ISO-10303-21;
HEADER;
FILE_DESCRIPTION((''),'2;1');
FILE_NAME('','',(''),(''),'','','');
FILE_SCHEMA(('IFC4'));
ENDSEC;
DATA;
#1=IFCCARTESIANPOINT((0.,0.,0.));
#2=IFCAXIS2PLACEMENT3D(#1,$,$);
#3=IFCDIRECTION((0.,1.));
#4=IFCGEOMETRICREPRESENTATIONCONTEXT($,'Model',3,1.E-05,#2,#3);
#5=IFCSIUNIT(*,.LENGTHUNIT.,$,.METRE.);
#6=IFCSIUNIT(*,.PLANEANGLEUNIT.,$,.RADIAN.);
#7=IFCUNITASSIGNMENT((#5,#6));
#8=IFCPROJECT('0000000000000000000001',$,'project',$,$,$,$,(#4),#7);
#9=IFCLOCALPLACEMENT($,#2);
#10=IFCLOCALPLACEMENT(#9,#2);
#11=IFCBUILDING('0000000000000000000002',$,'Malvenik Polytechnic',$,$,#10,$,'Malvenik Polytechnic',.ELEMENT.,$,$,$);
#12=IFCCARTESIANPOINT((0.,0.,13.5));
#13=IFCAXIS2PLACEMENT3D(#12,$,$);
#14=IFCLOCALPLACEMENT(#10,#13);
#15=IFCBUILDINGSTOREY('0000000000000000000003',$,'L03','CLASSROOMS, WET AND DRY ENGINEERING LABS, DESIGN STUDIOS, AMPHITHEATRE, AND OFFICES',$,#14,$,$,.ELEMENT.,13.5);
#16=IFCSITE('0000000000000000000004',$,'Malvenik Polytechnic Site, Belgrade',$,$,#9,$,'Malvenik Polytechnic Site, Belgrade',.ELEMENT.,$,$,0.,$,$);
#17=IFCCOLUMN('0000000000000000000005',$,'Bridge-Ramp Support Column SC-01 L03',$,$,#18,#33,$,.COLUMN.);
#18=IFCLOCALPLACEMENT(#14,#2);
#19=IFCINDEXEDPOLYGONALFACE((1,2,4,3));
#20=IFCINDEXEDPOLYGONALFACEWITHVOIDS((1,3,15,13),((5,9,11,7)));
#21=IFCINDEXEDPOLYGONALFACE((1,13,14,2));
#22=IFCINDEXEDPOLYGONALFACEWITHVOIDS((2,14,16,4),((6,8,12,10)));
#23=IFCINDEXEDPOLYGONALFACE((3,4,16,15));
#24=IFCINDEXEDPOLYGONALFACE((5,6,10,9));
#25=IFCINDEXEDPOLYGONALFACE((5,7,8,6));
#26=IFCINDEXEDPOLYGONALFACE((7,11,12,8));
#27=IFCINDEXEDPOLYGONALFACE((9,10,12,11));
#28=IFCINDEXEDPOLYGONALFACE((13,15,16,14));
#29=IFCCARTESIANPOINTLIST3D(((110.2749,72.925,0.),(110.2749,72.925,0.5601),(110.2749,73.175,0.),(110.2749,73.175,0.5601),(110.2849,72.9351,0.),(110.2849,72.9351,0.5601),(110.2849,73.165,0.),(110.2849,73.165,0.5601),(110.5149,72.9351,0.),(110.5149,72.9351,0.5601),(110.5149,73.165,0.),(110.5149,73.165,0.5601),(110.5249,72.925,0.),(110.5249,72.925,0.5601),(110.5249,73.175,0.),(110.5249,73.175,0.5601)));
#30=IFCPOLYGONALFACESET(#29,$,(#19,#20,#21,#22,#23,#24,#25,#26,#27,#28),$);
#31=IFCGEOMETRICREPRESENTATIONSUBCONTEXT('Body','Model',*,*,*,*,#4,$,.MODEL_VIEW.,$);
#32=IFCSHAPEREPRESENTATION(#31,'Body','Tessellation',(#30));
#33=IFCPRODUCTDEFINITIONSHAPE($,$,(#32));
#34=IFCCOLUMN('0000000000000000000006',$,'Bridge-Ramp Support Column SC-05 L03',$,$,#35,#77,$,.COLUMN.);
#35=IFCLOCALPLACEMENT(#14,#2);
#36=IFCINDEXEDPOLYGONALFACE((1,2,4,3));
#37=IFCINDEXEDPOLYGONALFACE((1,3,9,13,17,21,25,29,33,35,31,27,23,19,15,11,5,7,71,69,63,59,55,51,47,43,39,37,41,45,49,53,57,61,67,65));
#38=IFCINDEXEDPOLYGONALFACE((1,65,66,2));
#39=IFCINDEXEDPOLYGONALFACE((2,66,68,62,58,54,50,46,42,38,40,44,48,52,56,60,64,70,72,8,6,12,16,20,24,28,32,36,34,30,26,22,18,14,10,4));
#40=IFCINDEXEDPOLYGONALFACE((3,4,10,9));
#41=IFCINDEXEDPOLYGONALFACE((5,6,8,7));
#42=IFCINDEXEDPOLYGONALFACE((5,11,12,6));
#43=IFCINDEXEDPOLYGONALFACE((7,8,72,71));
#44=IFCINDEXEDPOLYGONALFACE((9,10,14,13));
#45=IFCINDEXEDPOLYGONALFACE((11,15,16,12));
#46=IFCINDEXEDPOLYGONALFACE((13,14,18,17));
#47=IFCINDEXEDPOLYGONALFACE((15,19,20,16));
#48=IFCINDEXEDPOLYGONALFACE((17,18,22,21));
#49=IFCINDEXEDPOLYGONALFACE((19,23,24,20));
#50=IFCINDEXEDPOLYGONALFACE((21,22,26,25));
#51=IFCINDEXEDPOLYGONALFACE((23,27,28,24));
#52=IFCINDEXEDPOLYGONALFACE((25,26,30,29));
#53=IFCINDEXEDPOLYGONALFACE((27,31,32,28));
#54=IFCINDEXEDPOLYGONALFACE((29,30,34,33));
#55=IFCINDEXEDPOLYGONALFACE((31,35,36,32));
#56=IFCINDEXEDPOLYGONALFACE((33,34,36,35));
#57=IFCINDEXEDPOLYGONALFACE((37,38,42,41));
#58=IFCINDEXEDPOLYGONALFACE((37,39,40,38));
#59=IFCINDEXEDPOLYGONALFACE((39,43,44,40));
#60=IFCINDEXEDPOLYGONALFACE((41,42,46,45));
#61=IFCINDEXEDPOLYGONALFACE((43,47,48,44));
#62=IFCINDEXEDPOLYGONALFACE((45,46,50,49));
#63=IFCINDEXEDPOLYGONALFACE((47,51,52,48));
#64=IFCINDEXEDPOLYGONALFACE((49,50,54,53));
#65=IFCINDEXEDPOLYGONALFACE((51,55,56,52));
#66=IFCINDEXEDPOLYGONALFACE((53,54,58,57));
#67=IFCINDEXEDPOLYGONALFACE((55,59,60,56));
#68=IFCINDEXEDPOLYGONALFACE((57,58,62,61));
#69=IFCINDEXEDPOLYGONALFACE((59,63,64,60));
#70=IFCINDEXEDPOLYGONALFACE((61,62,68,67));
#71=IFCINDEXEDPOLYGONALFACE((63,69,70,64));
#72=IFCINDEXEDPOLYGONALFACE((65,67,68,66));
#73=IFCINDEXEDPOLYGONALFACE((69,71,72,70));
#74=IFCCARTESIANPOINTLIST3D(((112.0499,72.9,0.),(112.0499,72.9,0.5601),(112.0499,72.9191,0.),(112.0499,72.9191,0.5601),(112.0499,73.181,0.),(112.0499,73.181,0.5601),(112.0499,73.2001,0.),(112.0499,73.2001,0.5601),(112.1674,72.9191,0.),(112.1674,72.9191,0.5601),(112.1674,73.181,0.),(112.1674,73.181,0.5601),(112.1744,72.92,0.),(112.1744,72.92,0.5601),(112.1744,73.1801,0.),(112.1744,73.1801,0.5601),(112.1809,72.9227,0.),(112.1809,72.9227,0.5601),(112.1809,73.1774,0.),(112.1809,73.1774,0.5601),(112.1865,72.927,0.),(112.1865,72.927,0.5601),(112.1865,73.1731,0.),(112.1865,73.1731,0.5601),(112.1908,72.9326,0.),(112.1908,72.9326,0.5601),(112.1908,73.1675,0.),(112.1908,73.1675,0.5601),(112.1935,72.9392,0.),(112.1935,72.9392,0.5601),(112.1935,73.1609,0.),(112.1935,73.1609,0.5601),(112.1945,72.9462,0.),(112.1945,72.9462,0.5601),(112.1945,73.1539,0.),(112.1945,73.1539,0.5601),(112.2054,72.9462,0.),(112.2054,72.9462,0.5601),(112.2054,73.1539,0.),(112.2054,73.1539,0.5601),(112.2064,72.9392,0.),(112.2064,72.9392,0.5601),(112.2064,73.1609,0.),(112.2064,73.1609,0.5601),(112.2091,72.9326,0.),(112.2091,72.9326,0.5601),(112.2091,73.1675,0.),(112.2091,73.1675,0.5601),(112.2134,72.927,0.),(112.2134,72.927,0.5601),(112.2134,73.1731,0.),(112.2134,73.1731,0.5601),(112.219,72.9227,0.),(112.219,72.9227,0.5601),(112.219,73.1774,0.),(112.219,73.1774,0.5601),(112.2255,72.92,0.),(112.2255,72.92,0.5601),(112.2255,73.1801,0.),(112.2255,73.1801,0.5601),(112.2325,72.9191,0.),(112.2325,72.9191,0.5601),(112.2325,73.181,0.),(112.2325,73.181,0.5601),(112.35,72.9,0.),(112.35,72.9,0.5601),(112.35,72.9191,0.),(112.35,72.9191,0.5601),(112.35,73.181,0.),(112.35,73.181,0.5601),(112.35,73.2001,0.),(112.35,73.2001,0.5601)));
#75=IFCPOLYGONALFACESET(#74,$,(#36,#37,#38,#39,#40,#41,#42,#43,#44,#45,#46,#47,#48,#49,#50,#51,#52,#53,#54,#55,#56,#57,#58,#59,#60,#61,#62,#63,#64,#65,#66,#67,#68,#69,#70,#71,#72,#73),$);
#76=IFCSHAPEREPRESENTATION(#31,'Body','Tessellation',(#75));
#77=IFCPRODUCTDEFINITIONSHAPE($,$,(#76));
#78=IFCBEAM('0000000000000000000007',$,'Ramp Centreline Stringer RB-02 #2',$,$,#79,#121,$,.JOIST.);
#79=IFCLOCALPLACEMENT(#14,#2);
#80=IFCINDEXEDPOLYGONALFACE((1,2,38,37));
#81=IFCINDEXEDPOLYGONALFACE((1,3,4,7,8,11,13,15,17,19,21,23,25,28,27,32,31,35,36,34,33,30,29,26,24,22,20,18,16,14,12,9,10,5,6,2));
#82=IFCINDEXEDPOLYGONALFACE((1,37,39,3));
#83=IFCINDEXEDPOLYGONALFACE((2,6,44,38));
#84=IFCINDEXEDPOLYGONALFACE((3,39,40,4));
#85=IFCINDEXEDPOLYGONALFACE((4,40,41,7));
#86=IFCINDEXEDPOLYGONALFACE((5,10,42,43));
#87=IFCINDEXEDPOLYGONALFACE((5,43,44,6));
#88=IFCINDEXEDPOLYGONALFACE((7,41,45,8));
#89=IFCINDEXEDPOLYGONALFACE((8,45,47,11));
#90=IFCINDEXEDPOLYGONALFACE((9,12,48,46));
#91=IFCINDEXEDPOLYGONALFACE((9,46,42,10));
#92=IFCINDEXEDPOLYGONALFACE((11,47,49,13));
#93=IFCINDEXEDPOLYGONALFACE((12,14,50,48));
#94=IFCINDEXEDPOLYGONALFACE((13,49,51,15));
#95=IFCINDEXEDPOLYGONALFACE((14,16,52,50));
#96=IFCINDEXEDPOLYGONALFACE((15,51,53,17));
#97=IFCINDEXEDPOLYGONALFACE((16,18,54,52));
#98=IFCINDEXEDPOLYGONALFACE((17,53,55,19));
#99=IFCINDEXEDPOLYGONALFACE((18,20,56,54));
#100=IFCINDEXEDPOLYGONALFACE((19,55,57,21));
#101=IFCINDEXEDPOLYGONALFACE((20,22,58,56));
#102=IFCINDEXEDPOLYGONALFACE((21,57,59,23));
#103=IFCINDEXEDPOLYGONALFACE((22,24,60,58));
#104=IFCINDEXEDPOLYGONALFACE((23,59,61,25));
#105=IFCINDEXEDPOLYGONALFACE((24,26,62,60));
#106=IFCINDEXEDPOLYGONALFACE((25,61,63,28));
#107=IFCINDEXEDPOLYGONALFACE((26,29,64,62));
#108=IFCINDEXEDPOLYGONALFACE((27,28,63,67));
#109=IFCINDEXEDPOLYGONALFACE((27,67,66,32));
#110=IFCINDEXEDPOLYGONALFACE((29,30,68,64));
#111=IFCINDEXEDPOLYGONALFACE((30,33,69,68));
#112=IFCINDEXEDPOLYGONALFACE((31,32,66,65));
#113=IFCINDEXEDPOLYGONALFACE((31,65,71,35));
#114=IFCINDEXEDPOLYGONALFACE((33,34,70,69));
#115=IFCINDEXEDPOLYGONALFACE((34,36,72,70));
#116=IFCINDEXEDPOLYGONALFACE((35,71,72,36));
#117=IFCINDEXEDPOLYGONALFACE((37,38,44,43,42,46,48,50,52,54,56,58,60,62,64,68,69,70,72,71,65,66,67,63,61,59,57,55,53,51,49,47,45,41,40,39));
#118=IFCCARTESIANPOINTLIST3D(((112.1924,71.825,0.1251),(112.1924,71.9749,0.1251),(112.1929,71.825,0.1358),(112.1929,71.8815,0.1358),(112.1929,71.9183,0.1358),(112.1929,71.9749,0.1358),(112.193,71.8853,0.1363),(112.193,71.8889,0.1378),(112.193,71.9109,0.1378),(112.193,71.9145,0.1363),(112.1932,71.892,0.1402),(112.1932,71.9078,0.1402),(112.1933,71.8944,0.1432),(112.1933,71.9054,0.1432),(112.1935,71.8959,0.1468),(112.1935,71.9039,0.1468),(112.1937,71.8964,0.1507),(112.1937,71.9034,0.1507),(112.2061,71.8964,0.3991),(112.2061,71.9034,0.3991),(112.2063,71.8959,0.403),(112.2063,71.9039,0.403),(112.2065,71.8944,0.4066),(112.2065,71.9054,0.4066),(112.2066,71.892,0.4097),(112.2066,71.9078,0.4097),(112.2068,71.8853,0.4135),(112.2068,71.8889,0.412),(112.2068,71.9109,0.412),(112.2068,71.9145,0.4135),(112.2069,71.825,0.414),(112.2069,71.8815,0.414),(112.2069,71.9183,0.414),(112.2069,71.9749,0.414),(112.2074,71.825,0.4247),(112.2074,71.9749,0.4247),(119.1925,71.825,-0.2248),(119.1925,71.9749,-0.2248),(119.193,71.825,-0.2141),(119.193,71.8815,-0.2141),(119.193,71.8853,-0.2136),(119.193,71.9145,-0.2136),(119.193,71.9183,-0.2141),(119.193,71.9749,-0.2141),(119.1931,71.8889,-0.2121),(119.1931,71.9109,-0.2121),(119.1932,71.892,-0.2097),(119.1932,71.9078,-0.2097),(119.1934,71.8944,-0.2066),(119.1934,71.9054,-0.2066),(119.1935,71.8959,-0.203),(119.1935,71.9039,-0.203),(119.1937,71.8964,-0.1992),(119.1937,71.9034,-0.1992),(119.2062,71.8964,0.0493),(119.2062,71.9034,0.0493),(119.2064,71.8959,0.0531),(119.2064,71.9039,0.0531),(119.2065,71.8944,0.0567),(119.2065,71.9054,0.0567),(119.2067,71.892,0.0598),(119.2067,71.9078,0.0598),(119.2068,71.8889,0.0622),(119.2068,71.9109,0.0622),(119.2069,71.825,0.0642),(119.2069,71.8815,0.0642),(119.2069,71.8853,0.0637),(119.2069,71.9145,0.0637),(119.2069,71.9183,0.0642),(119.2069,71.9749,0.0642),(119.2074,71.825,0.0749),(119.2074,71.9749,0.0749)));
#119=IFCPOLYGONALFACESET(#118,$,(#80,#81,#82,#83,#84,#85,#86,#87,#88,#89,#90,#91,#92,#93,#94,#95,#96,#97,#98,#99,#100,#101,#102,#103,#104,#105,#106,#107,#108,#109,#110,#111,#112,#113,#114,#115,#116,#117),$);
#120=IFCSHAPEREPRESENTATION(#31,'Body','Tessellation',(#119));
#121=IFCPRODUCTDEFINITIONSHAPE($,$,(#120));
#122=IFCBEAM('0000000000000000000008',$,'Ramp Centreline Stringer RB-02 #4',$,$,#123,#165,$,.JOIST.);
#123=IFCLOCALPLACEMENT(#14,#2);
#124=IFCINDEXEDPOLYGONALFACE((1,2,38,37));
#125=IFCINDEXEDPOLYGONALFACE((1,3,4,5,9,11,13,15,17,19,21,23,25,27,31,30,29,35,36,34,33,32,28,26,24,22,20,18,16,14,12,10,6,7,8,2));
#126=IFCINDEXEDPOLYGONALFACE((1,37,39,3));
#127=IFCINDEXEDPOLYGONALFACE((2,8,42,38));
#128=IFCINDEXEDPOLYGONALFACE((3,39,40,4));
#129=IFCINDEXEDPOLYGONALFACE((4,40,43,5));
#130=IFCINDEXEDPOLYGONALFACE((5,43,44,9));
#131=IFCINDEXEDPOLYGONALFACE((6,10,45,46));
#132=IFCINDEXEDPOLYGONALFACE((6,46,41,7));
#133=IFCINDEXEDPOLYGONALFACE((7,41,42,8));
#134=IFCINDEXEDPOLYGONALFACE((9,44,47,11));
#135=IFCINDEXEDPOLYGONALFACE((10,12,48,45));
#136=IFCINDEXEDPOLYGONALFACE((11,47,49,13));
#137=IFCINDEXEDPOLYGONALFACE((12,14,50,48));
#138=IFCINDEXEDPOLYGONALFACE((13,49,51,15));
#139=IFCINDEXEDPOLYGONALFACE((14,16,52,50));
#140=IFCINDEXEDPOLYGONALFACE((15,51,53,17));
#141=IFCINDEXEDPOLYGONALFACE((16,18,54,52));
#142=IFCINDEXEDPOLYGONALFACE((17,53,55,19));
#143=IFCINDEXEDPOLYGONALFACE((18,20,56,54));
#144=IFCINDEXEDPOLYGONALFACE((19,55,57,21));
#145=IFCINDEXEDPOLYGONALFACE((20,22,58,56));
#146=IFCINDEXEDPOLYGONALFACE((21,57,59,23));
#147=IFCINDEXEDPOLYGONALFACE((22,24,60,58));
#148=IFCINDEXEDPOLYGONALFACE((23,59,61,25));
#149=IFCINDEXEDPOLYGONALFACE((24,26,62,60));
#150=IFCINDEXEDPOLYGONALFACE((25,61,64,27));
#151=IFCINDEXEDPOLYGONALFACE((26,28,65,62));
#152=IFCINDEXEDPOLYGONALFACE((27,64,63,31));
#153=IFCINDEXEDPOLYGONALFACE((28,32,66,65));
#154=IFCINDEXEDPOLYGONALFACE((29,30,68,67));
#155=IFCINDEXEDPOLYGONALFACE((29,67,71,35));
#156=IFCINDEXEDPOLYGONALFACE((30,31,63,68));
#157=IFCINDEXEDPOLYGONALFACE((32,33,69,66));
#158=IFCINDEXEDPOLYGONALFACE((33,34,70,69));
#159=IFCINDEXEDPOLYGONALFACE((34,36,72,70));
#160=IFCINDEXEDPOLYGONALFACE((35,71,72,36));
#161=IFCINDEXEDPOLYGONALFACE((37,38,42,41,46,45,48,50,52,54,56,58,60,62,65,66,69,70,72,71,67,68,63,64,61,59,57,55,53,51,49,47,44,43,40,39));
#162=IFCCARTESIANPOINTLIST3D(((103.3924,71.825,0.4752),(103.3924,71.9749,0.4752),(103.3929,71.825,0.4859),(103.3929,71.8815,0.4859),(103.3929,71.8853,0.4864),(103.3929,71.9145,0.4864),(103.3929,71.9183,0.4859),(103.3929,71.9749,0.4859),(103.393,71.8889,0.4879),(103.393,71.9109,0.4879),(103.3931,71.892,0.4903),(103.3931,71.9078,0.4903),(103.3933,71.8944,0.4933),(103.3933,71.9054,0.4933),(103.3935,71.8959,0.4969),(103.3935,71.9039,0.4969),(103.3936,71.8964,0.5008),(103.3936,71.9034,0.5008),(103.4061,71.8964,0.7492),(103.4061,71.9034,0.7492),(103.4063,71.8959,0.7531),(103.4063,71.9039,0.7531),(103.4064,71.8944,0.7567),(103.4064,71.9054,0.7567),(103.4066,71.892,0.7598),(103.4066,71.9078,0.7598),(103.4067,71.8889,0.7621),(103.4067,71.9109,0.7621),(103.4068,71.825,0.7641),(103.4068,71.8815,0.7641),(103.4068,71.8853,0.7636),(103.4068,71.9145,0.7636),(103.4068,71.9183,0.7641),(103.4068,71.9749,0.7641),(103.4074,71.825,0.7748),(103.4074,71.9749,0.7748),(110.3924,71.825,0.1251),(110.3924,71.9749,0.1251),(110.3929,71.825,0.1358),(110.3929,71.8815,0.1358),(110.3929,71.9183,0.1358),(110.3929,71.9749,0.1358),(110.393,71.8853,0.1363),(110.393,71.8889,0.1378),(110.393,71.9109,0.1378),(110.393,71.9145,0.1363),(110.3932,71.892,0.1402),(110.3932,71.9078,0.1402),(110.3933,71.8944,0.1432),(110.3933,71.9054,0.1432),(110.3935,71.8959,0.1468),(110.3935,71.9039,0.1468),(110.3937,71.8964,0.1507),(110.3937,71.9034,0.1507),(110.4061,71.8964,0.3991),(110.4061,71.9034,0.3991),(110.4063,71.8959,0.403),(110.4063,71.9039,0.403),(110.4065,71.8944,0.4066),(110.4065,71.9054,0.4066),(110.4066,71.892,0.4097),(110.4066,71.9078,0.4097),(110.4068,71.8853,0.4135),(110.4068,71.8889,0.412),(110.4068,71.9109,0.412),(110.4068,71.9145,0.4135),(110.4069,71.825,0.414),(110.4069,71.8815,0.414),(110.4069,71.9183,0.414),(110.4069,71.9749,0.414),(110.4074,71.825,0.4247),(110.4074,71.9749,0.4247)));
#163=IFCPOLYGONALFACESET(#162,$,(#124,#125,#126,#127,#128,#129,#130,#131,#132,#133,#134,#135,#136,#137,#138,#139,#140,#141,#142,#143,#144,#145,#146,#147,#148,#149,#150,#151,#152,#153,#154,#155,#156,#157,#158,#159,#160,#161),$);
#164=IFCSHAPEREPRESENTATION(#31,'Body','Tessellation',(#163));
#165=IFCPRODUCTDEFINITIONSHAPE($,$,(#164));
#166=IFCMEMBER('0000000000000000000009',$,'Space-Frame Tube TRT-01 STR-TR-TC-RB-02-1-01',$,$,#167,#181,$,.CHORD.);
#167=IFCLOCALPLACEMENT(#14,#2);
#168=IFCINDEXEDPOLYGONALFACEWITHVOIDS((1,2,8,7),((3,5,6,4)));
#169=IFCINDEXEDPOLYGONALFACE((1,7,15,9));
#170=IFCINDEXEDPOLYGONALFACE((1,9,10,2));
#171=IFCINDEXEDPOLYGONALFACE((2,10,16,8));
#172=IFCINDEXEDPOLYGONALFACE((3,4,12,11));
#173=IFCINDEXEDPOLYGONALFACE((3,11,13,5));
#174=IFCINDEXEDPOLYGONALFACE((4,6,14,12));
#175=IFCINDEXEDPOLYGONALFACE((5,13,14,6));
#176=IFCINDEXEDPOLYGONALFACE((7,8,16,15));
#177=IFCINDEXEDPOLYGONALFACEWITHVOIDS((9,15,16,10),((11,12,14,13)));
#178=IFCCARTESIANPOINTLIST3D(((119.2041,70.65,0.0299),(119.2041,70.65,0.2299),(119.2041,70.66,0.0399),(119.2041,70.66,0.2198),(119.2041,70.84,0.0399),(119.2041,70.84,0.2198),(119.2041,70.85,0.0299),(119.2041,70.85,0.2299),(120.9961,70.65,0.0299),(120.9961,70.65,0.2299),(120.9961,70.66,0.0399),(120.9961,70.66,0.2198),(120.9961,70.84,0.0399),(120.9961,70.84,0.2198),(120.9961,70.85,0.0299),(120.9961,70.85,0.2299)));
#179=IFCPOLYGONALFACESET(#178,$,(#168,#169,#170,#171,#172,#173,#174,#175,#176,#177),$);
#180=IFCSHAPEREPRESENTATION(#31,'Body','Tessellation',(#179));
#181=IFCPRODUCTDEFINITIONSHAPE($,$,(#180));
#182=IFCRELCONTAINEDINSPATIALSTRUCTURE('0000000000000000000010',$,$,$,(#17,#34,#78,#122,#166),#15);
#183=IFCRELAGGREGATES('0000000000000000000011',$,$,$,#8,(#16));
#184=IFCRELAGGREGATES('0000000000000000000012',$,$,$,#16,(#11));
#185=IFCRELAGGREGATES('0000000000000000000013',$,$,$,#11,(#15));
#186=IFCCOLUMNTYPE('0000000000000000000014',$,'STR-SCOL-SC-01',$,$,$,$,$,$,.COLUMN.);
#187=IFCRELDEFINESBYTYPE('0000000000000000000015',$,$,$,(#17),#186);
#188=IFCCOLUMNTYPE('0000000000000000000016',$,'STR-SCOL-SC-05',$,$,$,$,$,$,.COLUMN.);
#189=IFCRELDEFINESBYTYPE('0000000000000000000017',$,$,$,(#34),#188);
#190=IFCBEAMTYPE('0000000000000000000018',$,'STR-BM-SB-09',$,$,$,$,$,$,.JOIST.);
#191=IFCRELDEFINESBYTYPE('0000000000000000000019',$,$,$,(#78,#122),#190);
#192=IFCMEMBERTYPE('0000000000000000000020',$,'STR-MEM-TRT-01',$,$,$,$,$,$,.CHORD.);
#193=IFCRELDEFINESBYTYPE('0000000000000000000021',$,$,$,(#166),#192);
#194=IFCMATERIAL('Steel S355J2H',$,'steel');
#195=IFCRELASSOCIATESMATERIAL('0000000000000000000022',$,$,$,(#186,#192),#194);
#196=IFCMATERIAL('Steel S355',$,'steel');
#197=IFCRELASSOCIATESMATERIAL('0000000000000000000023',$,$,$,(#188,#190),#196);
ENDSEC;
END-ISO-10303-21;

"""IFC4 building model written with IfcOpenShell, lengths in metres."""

from ifc_helpers import new_model, si_unit, direction, frame, origin, origin_2d, place, context, subcontext, project, spatial, hollow_rectangle, i_section, extrude, material, material_profile, profile_set, type_object, element, save


model = new_model("IFC4")

# Units and contexts
model_context = context("Model", 3, precision=1e-05, world=origin(), true_north=direction((0.0, 1.0)))
body_context = subcontext(model_context, "Body", "Model", "MODEL_VIEW")
ifc_project = project(units=[si_unit("LENGTHUNIT", "METRE"), si_unit("PLANEANGLEUNIT", "RADIAN")], contexts=[model_context])

# Site, building, storey
site_placement = place(None, origin())
site = spatial("IfcSite", under=ifc_project, at=site_placement, Name="Malvenik Polytechnic Site, Belgrade", LongName="Malvenik Polytechnic Site, Belgrade", CompositionType="ELEMENT", RefElevation=0.0)
building_placement = place(site_placement, origin())
building = spatial("IfcBuilding", under=site, at=building_placement, Name="Malvenik Polytechnic", LongName="Malvenik Polytechnic", CompositionType="ELEMENT")
storey_placement = place(building_placement, frame((0.0, 0.0, 13.5)))
storey = spatial("IfcBuildingStorey", under=building, at=storey_placement, Name="L03", Description="CLASSROOMS, WET AND DRY ENGINEERING LABS, DESIGN STUDIOS, AMPHITHEATRE, AND OFFICES", CompositionType="ELEMENT", Elevation=13.5)

# Columns
ifc_material_1 = material(Name="Steel S355J2H", Category="steel")
ifc_material_profile_1 = material_profile(ifc_material_1, hollow_rectangle(XDim=0.25, YDim=0.25, WallThickness=0.01, at=origin_2d()), Name="SHS 250x250x10.0")
ifc_profile_set_1 = profile_set([ifc_material_profile_1], Name="Steel S355J2H")
column_type_1 = type_object("IfcColumnType", Name="STR-SCOL-SC-01", PredefinedType="COLUMN", material=ifc_profile_set_1)
column_1_placement = place(storey_placement, frame((110.3999, 73.05, 0.0), z_axis=(0.0, 0.0, 1.0), x_axis=(1.0, 0.0, 0.0)))
element("IfcColumn", 1, at=column_1_placement, inside=storey, type_object=column_type_1, Name="Bridge-Ramp Support Column SC-01 L03", PredefinedType="COLUMN", context=body_context, shape_type="SweptSolid", body=[
    extrude(hollow_rectangle(XDim=0.25, YDim=0.25, WallThickness=0.01, at=origin_2d()), origin(), (0.0, 0.0, 1.0), 0.5601),
])
ifc_material_2 = material(Name="Steel S355", Category="steel")
ifc_material_profile_2 = material_profile(ifc_material_2, i_section(OverallWidth=0.3, OverallDepth=0.3, WebThickness=0.011, FlangeThickness=0.019, FilletRadius=0.0271, at=origin_2d()), Name="HEB 300")
ifc_profile_set_2 = profile_set([ifc_material_profile_2], Name="Steel S355")
column_type_2 = type_object("IfcColumnType", Name="STR-SCOL-SC-05", PredefinedType="COLUMN", material=ifc_profile_set_2)
column_2_placement = place(storey_placement, frame((112.2, 73.05, 0.0), z_axis=(0.0, 0.0, 1.0), x_axis=(1.0, 0.0, 0.0)))
element("IfcColumn", 2, at=column_2_placement, inside=storey, type_object=column_type_2, Name="Bridge-Ramp Support Column SC-05 L03", PredefinedType="COLUMN", context=body_context, shape_type="SweptSolid", body=[
    extrude(i_section(OverallWidth=0.3, OverallDepth=0.3, WebThickness=0.011, FlangeThickness=0.019, FilletRadius=0.0271, at=origin_2d()), origin(), (0.0, 0.0, 1.0), 0.5601),
])

# Beams
ifc_material_profile_3 = material_profile(ifc_material_2, i_section(OverallWidth=0.1499, OverallDepth=0.3, WebThickness=0.0071, FlangeThickness=0.0107, FilletRadius=0.0149, at=origin_2d()), Name="IPE 300")
ifc_profile_set_3 = profile_set([ifc_material_profile_3], Name="Steel S355")
beam_type = type_object("IfcBeamType", Name="STR-BM-SB-09", PredefinedType="JOIST", material=ifc_profile_set_3)
for number, where, z_axis, x_axis, name in (
    (3, (119.2, 71.8999, -0.075), (-0.998753, 0.0, 0.049917), (0.0, -1.0, 0.0), "Ramp Centreline Stringer RB-02 #2"),
    (4, (110.3999, 71.8999, 0.2749), (-0.998752, 0.0, 0.049952), (0.0, -1.0, 0.0), "Ramp Centreline Stringer RB-02 #4"),
):
    element("IfcBeam", number, at=place(storey_placement, frame(where, z_axis=z_axis, x_axis=x_axis)), inside=storey, type_object=beam_type, Name=name, PredefinedType="JOIST", context=body_context, shape_type="SweptSolid", body=[
        extrude(i_section(OverallWidth=0.1499, OverallDepth=0.3, WebThickness=0.0071, FlangeThickness=0.0107, FilletRadius=0.0149, at=origin_2d()), origin(), (0.0, 0.0, 1.0), 7.0088),
    ])

# Member
ifc_material_profile_4 = material_profile(ifc_material_1, hollow_rectangle(XDim=0.2, YDim=0.2, WallThickness=0.01, at=origin_2d()), Name="SHS 200x200x10.0")
ifc_profile_set_4 = profile_set([ifc_material_profile_4], Name="Steel S355J2H")
member_type_1 = type_object("IfcMemberType", Name="STR-MEM-TRT-01", PredefinedType="CHORD", material=ifc_profile_set_4)
member_1_placement = place(storey_placement, frame((120.9961, 70.75, 0.1299), z_axis=(-1.0, 0.0, 0.0), x_axis=(0.0, -1.0, 0.0)))
element("IfcMember", 5, at=member_1_placement, inside=storey, type_object=member_type_1, Name="Space-Frame Tube TRT-01 STR-TR-TC-RB-02-1-01", PredefinedType="CHORD", context=body_context, shape_type="SweptSolid", body=[
    extrude(hollow_rectangle(XDim=0.2, YDim=0.2, WallThickness=0.01, at=origin_2d()), origin(), (0.0, 0.0, 1.0), 1.792),
])

save(model, "model.ifc")
